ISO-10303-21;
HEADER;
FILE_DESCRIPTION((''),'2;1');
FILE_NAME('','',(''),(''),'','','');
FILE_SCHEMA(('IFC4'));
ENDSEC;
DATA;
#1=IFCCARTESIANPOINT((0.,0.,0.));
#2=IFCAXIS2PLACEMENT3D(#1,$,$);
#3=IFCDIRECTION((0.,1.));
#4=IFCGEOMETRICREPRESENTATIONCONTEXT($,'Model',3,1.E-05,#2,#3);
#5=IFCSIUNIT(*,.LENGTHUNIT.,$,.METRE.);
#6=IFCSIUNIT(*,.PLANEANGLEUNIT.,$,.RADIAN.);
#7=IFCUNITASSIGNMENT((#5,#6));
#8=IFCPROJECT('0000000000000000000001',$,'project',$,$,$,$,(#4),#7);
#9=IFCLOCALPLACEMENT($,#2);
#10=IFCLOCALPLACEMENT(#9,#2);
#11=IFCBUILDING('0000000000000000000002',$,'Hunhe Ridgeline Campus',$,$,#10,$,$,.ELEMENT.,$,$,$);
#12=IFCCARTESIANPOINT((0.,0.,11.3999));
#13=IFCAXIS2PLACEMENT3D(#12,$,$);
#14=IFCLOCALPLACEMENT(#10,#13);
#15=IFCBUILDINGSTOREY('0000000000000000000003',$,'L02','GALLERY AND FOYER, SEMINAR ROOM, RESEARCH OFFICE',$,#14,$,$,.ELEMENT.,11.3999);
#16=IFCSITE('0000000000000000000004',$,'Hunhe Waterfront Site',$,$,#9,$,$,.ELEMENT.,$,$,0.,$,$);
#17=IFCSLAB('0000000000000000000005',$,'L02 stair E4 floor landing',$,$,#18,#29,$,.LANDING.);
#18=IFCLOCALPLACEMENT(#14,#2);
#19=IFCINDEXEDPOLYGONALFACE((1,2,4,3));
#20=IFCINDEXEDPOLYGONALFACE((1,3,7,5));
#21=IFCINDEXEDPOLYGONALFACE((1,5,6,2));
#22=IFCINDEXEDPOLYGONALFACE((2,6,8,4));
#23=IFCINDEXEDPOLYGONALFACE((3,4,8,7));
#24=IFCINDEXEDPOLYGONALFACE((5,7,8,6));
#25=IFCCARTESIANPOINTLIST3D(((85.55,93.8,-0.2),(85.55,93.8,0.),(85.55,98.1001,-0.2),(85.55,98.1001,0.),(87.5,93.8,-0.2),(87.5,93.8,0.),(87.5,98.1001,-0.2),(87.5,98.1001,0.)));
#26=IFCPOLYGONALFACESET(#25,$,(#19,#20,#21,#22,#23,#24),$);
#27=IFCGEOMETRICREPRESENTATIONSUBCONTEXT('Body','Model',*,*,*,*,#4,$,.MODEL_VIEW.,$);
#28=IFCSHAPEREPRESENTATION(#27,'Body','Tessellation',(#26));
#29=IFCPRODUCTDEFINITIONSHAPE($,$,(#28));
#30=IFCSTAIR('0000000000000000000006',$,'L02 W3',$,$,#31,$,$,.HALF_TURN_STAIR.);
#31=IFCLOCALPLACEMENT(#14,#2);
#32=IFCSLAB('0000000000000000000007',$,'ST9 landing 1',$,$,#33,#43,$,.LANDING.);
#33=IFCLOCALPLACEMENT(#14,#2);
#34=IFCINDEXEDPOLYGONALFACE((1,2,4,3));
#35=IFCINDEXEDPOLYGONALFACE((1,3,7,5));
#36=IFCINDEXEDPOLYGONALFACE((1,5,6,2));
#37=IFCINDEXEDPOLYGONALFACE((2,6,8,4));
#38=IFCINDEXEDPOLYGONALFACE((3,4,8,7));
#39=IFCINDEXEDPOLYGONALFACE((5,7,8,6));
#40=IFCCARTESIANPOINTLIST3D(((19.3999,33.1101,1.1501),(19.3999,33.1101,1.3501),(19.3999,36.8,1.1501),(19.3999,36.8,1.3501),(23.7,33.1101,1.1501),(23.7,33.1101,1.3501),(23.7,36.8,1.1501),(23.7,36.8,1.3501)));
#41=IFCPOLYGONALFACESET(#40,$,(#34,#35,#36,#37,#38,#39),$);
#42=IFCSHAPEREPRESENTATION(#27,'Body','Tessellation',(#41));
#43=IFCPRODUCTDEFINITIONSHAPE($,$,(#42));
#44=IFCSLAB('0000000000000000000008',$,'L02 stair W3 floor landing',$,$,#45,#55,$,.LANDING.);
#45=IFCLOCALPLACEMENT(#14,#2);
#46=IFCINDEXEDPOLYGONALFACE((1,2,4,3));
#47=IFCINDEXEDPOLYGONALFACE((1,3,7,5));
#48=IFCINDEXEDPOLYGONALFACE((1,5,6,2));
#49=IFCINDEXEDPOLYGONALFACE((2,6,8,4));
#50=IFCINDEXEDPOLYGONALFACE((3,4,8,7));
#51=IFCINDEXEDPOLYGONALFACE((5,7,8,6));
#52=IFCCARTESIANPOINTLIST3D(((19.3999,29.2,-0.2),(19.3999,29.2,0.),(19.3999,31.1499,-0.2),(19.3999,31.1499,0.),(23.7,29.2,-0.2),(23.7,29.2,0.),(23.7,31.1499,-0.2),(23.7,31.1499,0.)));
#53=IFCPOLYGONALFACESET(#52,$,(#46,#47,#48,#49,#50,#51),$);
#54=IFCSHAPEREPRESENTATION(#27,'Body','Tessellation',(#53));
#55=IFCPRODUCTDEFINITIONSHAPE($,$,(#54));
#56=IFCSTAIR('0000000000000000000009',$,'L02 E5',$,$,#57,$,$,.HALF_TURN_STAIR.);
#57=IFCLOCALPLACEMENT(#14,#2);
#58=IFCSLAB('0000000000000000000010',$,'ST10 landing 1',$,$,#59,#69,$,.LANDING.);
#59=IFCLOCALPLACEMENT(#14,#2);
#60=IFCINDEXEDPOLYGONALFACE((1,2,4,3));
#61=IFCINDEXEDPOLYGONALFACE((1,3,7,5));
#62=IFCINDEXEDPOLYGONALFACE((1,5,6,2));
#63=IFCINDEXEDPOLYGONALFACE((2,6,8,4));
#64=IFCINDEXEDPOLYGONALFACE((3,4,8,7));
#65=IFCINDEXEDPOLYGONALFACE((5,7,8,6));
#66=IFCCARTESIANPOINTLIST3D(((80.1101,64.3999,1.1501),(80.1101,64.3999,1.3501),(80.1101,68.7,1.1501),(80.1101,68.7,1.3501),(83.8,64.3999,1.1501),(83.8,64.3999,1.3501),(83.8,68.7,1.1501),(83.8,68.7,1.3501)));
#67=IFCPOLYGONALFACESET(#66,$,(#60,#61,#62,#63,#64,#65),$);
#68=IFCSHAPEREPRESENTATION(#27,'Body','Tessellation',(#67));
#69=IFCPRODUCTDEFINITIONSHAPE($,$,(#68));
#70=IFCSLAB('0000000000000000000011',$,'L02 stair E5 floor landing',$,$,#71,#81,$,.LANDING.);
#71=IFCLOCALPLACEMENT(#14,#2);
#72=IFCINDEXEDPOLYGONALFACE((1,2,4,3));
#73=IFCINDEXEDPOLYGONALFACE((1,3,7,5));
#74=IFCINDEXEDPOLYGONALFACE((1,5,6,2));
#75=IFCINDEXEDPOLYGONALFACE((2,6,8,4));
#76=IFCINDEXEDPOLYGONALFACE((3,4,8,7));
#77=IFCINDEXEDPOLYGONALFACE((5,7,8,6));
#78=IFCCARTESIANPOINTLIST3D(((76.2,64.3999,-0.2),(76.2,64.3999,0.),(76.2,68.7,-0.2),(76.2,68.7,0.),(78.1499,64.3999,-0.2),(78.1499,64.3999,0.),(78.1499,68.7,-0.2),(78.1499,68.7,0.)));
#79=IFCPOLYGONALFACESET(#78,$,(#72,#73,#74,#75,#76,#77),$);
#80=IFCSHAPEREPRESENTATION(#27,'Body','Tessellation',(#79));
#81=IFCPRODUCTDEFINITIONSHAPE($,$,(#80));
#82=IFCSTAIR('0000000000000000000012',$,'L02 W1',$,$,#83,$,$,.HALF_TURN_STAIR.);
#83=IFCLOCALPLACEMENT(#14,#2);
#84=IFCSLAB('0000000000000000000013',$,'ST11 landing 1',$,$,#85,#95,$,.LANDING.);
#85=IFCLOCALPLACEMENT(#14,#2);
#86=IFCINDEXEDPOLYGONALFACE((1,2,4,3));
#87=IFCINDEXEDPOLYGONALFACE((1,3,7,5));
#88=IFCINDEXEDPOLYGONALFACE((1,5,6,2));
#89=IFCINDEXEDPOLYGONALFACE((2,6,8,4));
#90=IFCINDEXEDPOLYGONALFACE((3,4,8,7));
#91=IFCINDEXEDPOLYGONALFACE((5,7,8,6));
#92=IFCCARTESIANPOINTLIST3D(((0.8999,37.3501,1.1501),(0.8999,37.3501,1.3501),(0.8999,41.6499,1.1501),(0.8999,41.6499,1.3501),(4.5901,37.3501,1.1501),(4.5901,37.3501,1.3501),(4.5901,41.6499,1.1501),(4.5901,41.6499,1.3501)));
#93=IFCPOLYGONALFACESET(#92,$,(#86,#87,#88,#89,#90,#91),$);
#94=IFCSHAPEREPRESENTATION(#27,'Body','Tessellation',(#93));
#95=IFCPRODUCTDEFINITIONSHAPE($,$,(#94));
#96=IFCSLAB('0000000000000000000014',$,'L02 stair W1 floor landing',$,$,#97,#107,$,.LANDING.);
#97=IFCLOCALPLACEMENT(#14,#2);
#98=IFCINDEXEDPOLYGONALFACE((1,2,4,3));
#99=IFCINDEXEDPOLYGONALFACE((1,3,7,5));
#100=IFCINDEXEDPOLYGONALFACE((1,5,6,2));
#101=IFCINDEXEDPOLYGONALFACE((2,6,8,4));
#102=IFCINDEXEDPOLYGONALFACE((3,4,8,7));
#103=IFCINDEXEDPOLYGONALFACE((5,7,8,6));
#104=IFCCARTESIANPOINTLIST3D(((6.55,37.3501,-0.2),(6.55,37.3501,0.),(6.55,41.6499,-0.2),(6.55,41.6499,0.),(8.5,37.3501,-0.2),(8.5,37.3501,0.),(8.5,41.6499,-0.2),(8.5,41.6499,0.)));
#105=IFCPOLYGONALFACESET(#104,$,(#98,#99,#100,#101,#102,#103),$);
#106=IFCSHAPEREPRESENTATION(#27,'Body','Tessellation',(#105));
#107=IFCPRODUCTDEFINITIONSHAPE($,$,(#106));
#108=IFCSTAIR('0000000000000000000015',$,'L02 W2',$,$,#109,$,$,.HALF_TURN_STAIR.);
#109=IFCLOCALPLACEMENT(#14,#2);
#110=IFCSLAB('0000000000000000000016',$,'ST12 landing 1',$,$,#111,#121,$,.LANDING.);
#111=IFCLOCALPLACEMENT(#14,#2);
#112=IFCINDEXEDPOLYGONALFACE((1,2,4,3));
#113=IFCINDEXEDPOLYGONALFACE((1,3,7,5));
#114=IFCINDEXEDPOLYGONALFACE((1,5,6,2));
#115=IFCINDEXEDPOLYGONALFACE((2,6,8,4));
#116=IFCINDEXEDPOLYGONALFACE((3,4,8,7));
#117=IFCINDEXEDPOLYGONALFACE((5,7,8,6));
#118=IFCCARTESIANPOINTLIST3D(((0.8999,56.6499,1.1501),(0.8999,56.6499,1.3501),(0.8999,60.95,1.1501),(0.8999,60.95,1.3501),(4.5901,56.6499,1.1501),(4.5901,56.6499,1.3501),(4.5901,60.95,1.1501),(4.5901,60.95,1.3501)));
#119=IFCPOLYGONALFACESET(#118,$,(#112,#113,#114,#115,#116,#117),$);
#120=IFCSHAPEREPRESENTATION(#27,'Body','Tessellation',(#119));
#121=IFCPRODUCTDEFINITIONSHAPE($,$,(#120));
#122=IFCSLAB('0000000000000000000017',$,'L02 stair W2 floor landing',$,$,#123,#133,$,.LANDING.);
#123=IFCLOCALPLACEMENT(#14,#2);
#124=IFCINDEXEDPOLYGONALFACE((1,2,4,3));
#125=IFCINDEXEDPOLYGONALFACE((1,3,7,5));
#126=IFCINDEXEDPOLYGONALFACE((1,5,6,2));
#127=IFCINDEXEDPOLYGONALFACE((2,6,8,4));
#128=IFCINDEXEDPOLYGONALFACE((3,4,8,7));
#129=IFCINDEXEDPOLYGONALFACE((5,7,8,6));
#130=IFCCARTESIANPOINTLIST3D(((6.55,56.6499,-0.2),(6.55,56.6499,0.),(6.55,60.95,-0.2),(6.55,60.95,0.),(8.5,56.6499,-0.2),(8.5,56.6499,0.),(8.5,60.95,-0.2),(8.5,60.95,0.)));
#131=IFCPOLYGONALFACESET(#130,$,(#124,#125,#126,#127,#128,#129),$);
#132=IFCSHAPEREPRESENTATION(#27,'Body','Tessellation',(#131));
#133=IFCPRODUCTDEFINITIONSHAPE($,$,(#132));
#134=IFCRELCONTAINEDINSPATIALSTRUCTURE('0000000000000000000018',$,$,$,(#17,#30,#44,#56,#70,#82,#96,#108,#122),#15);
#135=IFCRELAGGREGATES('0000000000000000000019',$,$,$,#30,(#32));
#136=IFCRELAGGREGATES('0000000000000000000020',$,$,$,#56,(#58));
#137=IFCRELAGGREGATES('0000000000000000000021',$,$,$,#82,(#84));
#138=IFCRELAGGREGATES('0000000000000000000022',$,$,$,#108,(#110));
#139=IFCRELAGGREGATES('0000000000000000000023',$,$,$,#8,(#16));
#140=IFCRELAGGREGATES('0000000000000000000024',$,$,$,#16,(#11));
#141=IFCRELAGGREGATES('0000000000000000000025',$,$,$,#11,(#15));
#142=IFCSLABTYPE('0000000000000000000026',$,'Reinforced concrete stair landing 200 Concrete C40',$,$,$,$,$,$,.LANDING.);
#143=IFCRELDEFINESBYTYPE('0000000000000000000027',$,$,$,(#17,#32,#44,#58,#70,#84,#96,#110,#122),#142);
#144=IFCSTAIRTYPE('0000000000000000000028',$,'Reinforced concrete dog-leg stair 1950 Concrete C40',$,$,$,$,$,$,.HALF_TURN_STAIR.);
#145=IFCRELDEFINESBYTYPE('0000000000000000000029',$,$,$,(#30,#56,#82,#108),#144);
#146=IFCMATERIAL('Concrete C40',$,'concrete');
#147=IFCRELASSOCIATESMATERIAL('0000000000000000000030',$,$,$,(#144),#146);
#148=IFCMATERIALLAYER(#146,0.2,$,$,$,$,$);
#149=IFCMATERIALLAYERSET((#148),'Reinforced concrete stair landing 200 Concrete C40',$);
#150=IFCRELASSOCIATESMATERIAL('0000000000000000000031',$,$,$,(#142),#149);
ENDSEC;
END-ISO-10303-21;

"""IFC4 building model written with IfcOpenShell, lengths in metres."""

from ifc_helpers import new_model, si_unit, direction, frame, origin, place, context, subcontext, project, spatial, polyline, outline, extrude, material, layer, layer_set, type_object, element, aggregate, save


model = new_model("IFC4")

# Units and contexts
model_context = context("Model", 3, precision=1e-05, world=origin(), true_north=direction((0.0, 1.0)))
body_context = subcontext(model_context, "Body", "Model", "MODEL_VIEW")
ifc_project = project(units=[si_unit("LENGTHUNIT", "METRE"), si_unit("PLANEANGLEUNIT", "RADIAN")], contexts=[model_context])

# Site, building, storey
site_placement = place(None, origin())
site = spatial("IfcSite", under=ifc_project, at=site_placement, Name="Hunhe Waterfront Site", CompositionType="ELEMENT", RefElevation=0.0)
building_placement = place(site_placement, origin())
building = spatial("IfcBuilding", under=site, at=building_placement, Name="Hunhe Ridgeline Campus", CompositionType="ELEMENT")
storey_placement = place(building_placement, frame((0.0, 0.0, 11.3999)))
storey = spatial("IfcBuildingStorey", under=building, at=storey_placement, Name="L02", Description="GALLERY AND FOYER, SEMINAR ROOM, RESEARCH OFFICE", CompositionType="ELEMENT", Elevation=11.3999)

# Shared definitions
ifc_material = material(Name="Concrete C40", Category="concrete")

# Shared definitions
stair_type_1 = type_object("IfcStairType", Name="Reinforced concrete dog-leg stair 1950 Concrete C40", PredefinedType="HALF_TURN_STAIR", material=ifc_material)
ifc_layer_1 = layer(ifc_material, 0.2)
ifc_layer_set_1 = layer_set([ifc_layer_1], Name="Reinforced concrete stair landing 200 Concrete C40")
slab_type_1 = type_object("IfcSlabType", Name="Reinforced concrete stair landing 200 Concrete C40", PredefinedType="LANDING", material=ifc_layer_set_1)

# Slab
slab_1_placement = place(storey_placement, frame((0.0, 0.0, -0.2)))
element("IfcSlab", 1, at=slab_1_placement, inside=storey, type_object=slab_type_1, Name="L02 stair E4 floor landing", PredefinedType="LANDING", context=body_context, shape_type="SweptSolid", body=[
    extrude(outline(polyline([(85.55, 93.8), (87.5, 93.8), (87.5, 98.1001), (85.55, 98.1001), (85.55, 93.8)])), origin(), (0.0, 0.0, 1.0), 0.2),
])

# Stair, slab
stair_1_placement = place(storey_placement, origin())
stair_1 = element("IfcStair", 2, at=stair_1_placement, inside=storey, type_object=stair_type_1, Name="L02 W3", PredefinedType="HALF_TURN_STAIR")
slab_2_placement = place(storey_placement, frame((0.0, 0.0, 1.1501)))
slab_2 = element("IfcSlab", 3, at=slab_2_placement, type_object=slab_type_1, Name="ST9 landing 1", PredefinedType="LANDING", context=body_context, shape_type="SweptSolid", body=[
    extrude(outline(polyline([(23.7, 33.1101), (23.7, 36.8), (19.3999, 36.8), (19.3999, 33.1101), (23.7, 33.1101)])), origin(), (0.0, 0.0, 1.0), 0.2),
])
aggregate(stair_1, [slab_2])

# Slab
slab_3_placement = place(storey_placement, frame((0.0, 0.0, -0.2)))
element("IfcSlab", 4, at=slab_3_placement, inside=storey, type_object=slab_type_1, Name="L02 stair W3 floor landing", PredefinedType="LANDING", context=body_context, shape_type="SweptSolid", body=[
    extrude(outline(polyline([(23.7, 29.2), (23.7, 31.1499), (19.3999, 31.1499), (19.3999, 29.2), (23.7, 29.2)])), origin(), (0.0, 0.0, 1.0), 0.2),
])

# Stair, slab
stair_2_placement = place(storey_placement, origin())
stair_2 = element("IfcStair", 5, at=stair_2_placement, inside=storey, type_object=stair_type_1, Name="L02 E5", PredefinedType="HALF_TURN_STAIR")
slab_4_placement = place(storey_placement, frame((0.0, 0.0, 1.1501)))
slab_4 = element("IfcSlab", 6, at=slab_4_placement, type_object=slab_type_1, Name="ST10 landing 1", PredefinedType="LANDING", context=body_context, shape_type="SweptSolid", body=[
    extrude(outline(polyline([(80.1101, 64.3999), (83.8, 64.3999), (83.8, 68.7), (80.1101, 68.7), (80.1101, 64.3999)])), origin(), (0.0, 0.0, 1.0), 0.2),
])
aggregate(stair_2, [slab_4])

# Slab
slab_5_placement = place(storey_placement, frame((0.0, 0.0, -0.2)))
element("IfcSlab", 7, at=slab_5_placement, inside=storey, type_object=slab_type_1, Name="L02 stair E5 floor landing", PredefinedType="LANDING", context=body_context, shape_type="SweptSolid", body=[
    extrude(outline(polyline([(76.2, 64.3999), (78.1499, 64.3999), (78.1499, 68.7), (76.2, 68.7), (76.2, 64.3999)])), origin(), (0.0, 0.0, 1.0), 0.2),
])

# Stair, slab
stair_3_placement = place(storey_placement, origin())
stair_3 = element("IfcStair", 8, at=stair_3_placement, inside=storey, type_object=stair_type_1, Name="L02 W1", PredefinedType="HALF_TURN_STAIR")
slab_6_placement = place(storey_placement, frame((0.0, 0.0, 1.1501)))
slab_6 = element("IfcSlab", 9, at=slab_6_placement, type_object=slab_type_1, Name="ST11 landing 1", PredefinedType="LANDING", context=body_context, shape_type="SweptSolid", body=[
    extrude(outline(polyline([(4.5901, 41.6499), (0.8999, 41.6499), (0.8999, 37.3501), (4.5901, 37.3501), (4.5901, 41.6499)])), origin(), (0.0, 0.0, 1.0), 0.2),
])
aggregate(stair_3, [slab_6])

# Slab
slab_7_placement = place(storey_placement, frame((0.0, 0.0, -0.2)))
element("IfcSlab", 10, at=slab_7_placement, inside=storey, type_object=slab_type_1, Name="L02 stair W1 floor landing", PredefinedType="LANDING", context=body_context, shape_type="SweptSolid", body=[
    extrude(outline(polyline([(8.5, 41.6499), (6.55, 41.6499), (6.55, 37.3501), (8.5, 37.3501), (8.5, 41.6499)])), origin(), (0.0, 0.0, 1.0), 0.2),
])

# Stair, slab
stair_4_placement = place(storey_placement, origin())
stair_4 = element("IfcStair", 11, at=stair_4_placement, inside=storey, type_object=stair_type_1, Name="L02 W2", PredefinedType="HALF_TURN_STAIR")
slab_8_placement = place(storey_placement, frame((0.0, 0.0, 1.1501)))
slab_8 = element("IfcSlab", 12, at=slab_8_placement, type_object=slab_type_1, Name="ST12 landing 1", PredefinedType="LANDING", context=body_context, shape_type="SweptSolid", body=[
    extrude(outline(polyline([(4.5901, 60.95), (0.8999, 60.95), (0.8999, 56.6499), (4.5901, 56.6499), (4.5901, 60.95)])), origin(), (0.0, 0.0, 1.0), 0.2),
])
aggregate(stair_4, [slab_8])

# Slab
slab_9_placement = place(storey_placement, frame((0.0, 0.0, -0.2)))
element("IfcSlab", 13, at=slab_9_placement, inside=storey, type_object=slab_type_1, Name="L02 stair W2 floor landing", PredefinedType="LANDING", context=body_context, shape_type="SweptSolid", body=[
    extrude(outline(polyline([(8.5, 60.95), (6.55, 60.95), (6.55, 56.6499), (8.5, 56.6499), (8.5, 60.95)])), origin(), (0.0, 0.0, 1.0), 0.2),
])

save(model, "model.ifc")
